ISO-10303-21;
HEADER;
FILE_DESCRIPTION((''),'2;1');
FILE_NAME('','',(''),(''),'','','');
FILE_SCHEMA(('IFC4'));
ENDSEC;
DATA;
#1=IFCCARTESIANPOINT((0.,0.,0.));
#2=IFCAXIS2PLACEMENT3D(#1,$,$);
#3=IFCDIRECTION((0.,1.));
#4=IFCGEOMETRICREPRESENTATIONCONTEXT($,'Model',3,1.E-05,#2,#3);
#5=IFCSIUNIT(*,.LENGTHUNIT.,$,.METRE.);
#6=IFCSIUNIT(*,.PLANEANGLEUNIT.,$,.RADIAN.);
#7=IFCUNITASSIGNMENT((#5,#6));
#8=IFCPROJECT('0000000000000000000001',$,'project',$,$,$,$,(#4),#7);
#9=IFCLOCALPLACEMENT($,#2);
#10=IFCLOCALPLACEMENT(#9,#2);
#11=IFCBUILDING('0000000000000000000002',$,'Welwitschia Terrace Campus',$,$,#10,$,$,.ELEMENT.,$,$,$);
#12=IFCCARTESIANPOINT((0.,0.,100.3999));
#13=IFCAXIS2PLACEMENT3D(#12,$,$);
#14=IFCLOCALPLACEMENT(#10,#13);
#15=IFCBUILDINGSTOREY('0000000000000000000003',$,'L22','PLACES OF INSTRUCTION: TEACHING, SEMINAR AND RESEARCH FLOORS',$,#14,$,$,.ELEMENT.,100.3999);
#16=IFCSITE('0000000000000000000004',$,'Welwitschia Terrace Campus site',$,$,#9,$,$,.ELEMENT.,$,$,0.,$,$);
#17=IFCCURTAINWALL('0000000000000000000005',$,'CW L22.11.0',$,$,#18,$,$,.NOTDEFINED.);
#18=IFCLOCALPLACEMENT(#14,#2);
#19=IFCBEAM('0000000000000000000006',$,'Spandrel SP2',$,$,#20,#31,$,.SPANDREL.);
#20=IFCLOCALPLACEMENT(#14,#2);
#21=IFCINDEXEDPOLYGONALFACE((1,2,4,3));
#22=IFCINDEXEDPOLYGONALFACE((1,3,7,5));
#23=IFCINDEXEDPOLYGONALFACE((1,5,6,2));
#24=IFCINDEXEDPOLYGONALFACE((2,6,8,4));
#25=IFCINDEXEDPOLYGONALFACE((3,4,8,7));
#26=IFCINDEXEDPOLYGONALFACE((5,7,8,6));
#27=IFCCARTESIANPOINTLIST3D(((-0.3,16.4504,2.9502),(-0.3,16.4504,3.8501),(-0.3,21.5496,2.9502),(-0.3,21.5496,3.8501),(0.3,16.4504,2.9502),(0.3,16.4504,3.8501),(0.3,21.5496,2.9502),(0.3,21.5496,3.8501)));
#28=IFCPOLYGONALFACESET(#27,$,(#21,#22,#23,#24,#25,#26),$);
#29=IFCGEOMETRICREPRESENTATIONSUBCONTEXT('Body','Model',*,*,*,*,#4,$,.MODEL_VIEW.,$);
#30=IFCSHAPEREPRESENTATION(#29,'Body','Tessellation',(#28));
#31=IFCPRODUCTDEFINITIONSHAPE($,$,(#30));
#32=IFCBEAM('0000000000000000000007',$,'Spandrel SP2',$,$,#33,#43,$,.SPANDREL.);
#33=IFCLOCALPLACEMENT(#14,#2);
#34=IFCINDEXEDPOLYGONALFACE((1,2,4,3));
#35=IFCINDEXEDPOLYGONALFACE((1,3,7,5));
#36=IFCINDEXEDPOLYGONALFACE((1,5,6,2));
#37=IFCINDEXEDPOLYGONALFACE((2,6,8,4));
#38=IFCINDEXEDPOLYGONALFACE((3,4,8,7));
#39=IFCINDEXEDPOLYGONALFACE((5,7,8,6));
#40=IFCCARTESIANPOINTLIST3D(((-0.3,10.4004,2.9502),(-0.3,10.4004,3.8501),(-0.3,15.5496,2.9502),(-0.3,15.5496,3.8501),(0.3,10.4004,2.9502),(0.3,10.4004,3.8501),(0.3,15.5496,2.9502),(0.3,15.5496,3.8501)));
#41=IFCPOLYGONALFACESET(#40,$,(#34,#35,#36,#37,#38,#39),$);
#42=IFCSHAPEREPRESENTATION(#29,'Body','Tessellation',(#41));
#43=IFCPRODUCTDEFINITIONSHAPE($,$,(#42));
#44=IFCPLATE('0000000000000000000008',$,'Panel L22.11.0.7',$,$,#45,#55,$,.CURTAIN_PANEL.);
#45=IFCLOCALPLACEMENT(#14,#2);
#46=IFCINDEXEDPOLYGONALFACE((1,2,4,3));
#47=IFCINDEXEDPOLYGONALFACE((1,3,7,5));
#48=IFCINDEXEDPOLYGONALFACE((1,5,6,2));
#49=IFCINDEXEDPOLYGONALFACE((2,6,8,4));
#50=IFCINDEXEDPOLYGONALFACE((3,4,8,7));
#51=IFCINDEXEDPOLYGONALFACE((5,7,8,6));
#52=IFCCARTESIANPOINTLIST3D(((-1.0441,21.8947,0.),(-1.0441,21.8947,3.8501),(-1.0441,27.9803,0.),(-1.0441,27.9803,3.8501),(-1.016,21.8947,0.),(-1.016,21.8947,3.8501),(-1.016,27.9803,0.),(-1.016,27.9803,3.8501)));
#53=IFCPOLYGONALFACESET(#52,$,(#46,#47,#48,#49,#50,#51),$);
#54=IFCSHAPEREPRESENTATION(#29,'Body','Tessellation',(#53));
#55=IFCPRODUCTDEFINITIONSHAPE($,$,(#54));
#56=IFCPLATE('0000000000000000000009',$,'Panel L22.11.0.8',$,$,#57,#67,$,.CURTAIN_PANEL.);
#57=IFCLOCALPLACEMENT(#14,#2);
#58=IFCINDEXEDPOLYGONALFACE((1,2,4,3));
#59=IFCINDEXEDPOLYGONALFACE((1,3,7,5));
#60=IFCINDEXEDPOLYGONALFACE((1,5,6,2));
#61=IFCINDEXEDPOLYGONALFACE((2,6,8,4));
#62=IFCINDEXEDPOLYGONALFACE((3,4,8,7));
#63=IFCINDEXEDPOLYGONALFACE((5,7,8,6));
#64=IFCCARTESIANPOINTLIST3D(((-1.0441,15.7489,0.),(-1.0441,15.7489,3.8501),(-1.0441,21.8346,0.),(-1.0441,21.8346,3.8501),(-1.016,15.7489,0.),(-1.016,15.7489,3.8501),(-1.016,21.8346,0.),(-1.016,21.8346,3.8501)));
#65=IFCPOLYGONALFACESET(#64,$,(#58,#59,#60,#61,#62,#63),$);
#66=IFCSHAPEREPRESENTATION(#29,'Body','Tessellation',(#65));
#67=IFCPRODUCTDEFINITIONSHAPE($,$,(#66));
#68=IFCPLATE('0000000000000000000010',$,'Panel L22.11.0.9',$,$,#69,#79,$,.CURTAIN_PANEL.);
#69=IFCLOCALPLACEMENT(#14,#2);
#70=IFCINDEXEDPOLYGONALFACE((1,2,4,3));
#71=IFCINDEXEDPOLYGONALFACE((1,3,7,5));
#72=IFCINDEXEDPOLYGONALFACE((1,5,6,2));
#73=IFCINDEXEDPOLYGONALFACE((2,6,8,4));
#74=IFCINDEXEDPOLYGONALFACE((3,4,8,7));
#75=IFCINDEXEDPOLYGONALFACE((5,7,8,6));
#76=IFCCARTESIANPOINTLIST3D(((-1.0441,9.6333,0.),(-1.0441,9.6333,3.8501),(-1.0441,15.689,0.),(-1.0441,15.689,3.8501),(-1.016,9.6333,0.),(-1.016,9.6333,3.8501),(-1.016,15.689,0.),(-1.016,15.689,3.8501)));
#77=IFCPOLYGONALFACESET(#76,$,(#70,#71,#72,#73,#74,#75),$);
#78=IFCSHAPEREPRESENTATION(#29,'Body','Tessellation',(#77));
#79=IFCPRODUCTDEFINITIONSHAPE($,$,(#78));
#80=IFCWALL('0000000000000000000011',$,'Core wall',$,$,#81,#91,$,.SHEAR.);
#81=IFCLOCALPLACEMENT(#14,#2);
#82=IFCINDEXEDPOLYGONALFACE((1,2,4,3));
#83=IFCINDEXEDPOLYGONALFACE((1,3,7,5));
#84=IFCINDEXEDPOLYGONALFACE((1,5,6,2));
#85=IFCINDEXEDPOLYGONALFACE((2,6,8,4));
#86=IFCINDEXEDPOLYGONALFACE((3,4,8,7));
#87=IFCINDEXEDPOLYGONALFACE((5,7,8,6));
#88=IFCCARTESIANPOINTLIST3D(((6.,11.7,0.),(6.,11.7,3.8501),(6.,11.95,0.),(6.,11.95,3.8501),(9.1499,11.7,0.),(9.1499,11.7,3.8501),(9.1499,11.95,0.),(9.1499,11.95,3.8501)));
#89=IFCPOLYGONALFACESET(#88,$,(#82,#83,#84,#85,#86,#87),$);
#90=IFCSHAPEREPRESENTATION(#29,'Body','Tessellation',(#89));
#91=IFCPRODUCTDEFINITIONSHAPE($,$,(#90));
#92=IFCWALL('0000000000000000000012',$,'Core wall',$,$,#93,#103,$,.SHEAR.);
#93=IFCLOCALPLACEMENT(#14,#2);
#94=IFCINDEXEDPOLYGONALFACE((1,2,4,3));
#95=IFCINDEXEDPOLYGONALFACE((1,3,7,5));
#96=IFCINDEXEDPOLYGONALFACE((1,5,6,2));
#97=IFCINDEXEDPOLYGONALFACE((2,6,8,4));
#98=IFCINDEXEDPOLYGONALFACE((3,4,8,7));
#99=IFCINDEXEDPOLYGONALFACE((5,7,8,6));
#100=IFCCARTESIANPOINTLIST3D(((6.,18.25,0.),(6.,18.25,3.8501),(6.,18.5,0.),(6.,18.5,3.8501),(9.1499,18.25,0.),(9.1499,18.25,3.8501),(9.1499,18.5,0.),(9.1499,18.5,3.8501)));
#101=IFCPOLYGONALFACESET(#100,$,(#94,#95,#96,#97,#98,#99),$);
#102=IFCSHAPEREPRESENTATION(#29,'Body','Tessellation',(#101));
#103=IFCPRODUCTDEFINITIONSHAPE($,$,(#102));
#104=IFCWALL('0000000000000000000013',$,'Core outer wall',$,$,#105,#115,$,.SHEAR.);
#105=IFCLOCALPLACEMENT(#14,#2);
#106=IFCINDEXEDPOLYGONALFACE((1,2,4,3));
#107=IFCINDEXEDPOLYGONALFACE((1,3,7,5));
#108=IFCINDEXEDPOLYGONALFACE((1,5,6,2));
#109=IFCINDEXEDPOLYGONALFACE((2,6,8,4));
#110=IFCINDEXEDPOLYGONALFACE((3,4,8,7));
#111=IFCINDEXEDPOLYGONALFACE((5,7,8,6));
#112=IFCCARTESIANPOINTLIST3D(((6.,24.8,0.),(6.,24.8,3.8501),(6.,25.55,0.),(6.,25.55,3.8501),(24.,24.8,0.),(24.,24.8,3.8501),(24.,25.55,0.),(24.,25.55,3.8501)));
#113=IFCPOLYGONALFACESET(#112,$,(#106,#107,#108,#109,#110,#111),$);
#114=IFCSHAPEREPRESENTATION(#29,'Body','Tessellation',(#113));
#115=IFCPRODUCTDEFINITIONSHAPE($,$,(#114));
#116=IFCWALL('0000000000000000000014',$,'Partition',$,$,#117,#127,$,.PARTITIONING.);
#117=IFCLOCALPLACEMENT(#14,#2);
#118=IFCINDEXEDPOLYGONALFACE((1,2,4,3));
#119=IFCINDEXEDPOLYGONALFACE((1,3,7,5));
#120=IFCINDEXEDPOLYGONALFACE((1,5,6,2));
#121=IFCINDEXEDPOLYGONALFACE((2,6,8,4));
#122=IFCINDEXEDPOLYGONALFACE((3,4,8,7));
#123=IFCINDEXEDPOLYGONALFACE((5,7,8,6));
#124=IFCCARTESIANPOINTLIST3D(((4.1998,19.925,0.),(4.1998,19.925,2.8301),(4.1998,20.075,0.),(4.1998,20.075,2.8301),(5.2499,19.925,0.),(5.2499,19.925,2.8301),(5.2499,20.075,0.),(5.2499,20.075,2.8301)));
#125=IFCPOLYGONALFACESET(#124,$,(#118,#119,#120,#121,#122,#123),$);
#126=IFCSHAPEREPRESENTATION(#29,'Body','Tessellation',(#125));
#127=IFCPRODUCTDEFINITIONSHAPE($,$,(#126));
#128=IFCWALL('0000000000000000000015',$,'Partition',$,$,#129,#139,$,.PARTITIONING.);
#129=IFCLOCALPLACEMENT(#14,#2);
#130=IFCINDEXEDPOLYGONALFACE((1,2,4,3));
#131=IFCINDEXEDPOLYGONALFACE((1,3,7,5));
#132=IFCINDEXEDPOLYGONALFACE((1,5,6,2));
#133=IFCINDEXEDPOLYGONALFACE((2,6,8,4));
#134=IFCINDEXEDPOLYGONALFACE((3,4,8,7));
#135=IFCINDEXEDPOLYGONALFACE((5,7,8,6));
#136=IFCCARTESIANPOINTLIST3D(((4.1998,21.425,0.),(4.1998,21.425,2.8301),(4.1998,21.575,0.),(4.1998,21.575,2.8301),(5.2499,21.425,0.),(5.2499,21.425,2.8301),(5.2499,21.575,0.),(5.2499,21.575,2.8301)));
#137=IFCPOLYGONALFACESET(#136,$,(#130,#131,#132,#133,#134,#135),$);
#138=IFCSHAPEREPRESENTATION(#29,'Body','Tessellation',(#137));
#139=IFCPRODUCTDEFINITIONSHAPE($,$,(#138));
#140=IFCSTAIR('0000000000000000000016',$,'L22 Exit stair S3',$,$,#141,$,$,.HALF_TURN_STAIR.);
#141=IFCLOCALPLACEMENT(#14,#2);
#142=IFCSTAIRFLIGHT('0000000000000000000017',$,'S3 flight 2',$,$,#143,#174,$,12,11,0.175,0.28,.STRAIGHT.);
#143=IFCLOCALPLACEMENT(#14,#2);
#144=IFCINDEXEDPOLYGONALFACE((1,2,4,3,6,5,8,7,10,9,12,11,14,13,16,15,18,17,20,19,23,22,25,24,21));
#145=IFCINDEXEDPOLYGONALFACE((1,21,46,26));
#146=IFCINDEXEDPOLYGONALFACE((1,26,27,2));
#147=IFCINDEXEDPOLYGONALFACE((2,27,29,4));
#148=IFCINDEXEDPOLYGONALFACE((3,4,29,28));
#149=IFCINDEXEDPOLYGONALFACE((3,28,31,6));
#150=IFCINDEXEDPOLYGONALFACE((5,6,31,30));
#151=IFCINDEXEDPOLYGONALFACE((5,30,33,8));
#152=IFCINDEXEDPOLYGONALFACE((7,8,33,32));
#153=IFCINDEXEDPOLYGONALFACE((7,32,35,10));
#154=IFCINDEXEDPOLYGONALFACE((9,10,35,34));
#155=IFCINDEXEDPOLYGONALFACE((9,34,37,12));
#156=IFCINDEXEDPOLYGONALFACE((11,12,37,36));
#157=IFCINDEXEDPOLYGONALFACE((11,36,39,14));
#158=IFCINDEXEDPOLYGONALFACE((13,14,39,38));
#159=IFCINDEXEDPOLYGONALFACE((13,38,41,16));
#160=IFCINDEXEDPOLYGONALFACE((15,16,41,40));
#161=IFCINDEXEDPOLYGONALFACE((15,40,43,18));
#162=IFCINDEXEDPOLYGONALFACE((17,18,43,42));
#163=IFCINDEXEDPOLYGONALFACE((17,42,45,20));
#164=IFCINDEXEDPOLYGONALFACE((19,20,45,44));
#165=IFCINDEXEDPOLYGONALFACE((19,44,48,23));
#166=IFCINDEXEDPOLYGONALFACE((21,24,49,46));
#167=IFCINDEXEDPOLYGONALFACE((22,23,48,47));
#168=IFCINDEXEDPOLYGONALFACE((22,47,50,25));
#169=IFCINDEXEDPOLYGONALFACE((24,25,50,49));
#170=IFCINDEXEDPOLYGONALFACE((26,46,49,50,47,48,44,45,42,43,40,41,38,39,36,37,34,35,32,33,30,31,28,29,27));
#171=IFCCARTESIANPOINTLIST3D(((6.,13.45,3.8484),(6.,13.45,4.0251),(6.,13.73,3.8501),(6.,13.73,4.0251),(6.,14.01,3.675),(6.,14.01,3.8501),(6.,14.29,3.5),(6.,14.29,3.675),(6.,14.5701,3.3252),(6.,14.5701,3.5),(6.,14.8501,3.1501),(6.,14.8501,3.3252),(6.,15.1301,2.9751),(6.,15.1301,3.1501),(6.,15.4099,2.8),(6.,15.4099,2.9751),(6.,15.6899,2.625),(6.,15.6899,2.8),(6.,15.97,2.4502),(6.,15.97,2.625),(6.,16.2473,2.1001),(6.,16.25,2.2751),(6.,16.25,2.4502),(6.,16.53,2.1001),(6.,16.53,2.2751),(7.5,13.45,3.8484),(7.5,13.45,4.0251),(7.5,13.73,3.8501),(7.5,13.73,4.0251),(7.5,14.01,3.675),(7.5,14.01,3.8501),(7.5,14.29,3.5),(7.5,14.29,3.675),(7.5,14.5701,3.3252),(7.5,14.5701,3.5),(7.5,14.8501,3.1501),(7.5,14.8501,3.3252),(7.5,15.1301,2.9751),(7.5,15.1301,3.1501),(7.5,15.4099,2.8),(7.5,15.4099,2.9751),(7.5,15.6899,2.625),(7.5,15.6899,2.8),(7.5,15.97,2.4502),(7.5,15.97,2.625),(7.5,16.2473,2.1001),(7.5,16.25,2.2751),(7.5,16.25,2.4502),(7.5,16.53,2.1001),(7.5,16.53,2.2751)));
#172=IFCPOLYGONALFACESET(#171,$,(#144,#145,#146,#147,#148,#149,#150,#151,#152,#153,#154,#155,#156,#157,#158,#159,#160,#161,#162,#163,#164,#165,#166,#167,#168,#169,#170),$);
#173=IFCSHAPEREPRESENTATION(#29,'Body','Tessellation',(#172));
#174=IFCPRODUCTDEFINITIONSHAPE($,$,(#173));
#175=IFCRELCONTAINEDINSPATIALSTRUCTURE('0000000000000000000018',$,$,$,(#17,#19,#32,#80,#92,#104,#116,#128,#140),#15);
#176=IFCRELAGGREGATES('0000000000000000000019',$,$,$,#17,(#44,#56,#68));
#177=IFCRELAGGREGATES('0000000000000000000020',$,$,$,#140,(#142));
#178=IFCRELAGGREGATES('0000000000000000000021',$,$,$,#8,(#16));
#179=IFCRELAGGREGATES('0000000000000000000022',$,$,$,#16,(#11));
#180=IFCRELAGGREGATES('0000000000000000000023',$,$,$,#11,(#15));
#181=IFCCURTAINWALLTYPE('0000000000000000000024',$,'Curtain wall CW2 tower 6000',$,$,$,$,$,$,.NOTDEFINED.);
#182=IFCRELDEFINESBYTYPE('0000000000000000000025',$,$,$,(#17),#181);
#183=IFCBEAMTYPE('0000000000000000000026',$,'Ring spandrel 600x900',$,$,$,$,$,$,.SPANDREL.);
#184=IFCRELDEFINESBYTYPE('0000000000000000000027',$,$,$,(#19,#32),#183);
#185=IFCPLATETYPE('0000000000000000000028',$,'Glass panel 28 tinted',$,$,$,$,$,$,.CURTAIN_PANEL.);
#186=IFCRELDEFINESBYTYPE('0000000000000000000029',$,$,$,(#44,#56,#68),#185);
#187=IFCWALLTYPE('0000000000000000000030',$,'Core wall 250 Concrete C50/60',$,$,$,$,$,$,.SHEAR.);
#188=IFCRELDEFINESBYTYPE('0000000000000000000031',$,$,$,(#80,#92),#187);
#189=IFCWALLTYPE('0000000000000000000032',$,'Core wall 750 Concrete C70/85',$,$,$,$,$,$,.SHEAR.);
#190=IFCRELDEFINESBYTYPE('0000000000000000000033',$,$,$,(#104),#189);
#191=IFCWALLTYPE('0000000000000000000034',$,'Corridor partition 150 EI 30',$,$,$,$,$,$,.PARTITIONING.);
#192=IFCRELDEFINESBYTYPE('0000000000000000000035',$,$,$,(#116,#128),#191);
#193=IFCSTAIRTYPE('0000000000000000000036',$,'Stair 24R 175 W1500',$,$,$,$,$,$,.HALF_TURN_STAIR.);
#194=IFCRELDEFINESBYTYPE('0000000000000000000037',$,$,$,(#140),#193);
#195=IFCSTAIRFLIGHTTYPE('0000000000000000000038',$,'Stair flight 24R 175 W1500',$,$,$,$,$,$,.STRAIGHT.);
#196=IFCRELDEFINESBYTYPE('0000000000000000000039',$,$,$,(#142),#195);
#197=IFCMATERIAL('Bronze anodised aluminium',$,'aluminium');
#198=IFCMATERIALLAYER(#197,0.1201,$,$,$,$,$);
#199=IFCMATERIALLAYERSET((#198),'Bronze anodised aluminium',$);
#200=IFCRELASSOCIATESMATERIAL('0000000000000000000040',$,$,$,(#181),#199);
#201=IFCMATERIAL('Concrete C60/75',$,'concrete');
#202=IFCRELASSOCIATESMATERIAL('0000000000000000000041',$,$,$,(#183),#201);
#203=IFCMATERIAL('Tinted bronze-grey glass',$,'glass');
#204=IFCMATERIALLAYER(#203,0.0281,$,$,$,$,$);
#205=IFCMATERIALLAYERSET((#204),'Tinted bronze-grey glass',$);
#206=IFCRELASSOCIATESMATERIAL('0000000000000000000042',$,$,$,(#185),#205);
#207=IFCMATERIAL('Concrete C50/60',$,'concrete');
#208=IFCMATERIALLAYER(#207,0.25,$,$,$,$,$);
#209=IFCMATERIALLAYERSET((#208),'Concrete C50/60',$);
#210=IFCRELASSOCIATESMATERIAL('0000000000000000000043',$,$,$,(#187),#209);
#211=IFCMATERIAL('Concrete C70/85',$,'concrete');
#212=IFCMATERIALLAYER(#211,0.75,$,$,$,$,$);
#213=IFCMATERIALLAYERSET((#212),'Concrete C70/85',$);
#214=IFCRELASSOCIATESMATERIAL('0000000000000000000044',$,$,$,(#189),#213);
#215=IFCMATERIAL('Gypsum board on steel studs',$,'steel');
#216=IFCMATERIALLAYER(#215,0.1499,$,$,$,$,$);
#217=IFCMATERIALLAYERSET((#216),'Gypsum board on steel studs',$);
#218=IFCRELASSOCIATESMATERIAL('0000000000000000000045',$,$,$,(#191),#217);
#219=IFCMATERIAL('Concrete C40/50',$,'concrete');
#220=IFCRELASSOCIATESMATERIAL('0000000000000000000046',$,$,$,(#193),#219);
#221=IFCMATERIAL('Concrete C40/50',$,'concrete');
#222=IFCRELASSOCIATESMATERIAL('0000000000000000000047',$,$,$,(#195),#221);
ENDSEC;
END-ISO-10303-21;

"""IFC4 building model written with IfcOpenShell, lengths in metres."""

from ifc_helpers import new_model, si_unit, direction, frame, frame_2d, origin, origin_2d, place, context, subcontext, project, spatial, polyline, rectangle, outline, extrude, material, layer, layer_set, material_profile, profile_set, type_object, element, aggregate, save


model = new_model("IFC4")

# Units and contexts
model_context = context("Model", 3, precision=1e-05, world=origin(), true_north=direction((0.0, 1.0)))
body_context = subcontext(model_context, "Body", "Model", "MODEL_VIEW")
ifc_project = project(units=[si_unit("LENGTHUNIT", "METRE"), si_unit("PLANEANGLEUNIT", "RADIAN")], contexts=[model_context])

# Site, building, storey
site_placement = place(None, origin())
site = spatial("IfcSite", under=ifc_project, at=site_placement, Name="Welwitschia Terrace Campus site", CompositionType="ELEMENT", RefElevation=0.0)
building_placement = place(site_placement, origin())
building = spatial("IfcBuilding", under=site, at=building_placement, Name="Welwitschia Terrace Campus", CompositionType="ELEMENT")
storey_placement = place(building_placement, frame((0.0, 0.0, 100.3999)))
storey = spatial("IfcBuildingStorey", under=building, at=storey_placement, Name="L22", Description="PLACES OF INSTRUCTION: TEACHING, SEMINAR AND RESEARCH FLOORS", CompositionType="ELEMENT", Elevation=100.3999)

# Curtain wall
ifc_material_1 = material(Name="Bronze anodised aluminium", Category="aluminium")
ifc_layer_1 = layer(ifc_material_1, 0.1201)
ifc_layer_set_1 = layer_set([ifc_layer_1], Name="Bronze anodised aluminium")
curtain_wall_type = type_object("IfcCurtainWallType", Name="Curtain wall CW2 tower 6000", PredefinedType="NOTDEFINED", material=ifc_layer_set_1)
curtain_wall_placement = place(storey_placement, origin())
curtain_wall = element("IfcCurtainWall", 1, at=curtain_wall_placement, inside=storey, type_object=curtain_wall_type, Name="CW L22.11.0", PredefinedType="NOTDEFINED")

# Beams
ifc_material_2 = material(Name="Concrete C60/75", Category="concrete")
ifc_material_profile_1 = material_profile(ifc_material_2, rectangle(XDim=0.6001, YDim=0.8999, at=origin_2d()))
ifc_profile_set_1 = profile_set([ifc_material_profile_1], Name="Concrete C60/75")
beam_type_1 = type_object("IfcBeamType", Name="Ring spandrel 600x900", PredefinedType="SPANDREL", material=ifc_profile_set_1)
beam_1_placement = place(storey_placement, frame((0.0, 21.5496, 3.4001), z_axis=(0.0, -1.0, 0.0), x_axis=(1.0, 0.0, 0.0)))
element("IfcBeam", 2, at=beam_1_placement, inside=storey, type_object=beam_type_1, Name="Spandrel SP2", PredefinedType="SPANDREL", context=body_context, shape_type="SweptSolid", body=[
    extrude(rectangle(XDim=0.6001, YDim=0.8999, at=origin_2d()), origin(), (0.0, 0.0, 1.0), 5.0991),
])
beam_2_placement = place(storey_placement, frame((0.0, 15.5496, 3.4001), z_axis=(0.0, -1.0, 0.0), x_axis=(1.0, 0.0, 0.0)))
element("IfcBeam", 3, at=beam_2_placement, inside=storey, type_object=beam_type_1, Name="Spandrel SP2", PredefinedType="SPANDREL", context=body_context, shape_type="SweptSolid", body=[
    extrude(rectangle(XDim=0.6001, YDim=0.8999, at=origin_2d()), origin(), (0.0, 0.0, 1.0), 5.1492),
])

# Plates
ifc_material_3 = material(Name="Tinted bronze-grey glass", Category="glass")
ifc_layer_2 = layer(ifc_material_3, 0.0281)
ifc_layer_set_2 = layer_set([ifc_layer_2], Name="Tinted bronze-grey glass")
plate_type = type_object("IfcPlateType", Name="Glass panel 28 tinted", PredefinedType="CURTAIN_PANEL", material=ifc_layer_set_2)
plate_1_placement = place(storey_placement, frame((-1.03, 24.9375, 0.0), z_axis=(0.0, 0.0, 1.0), x_axis=(0.0, -1.0, 0.0)))
plate_1 = element("IfcPlate", 4, at=plate_1_placement, type_object=plate_type, Name="Panel L22.11.0.7", PredefinedType="CURTAIN_PANEL", context=body_context, shape_type="SweptSolid", body=[
    extrude(rectangle(XDim=6.0857, YDim=0.0281, at=origin_2d()), origin(), (0.0, 0.0, 1.0), 3.8501),
])
plate_2_placement = place(storey_placement, frame((-1.03, 18.7917, 0.0), z_axis=(0.0, 0.0, 1.0), x_axis=(0.0, -1.0, 0.0)))
plate_2 = element("IfcPlate", 5, at=plate_2_placement, type_object=plate_type, Name="Panel L22.11.0.8", PredefinedType="CURTAIN_PANEL", context=body_context, shape_type="SweptSolid", body=[
    extrude(rectangle(XDim=6.0857, YDim=0.0281, at=origin_2d()), origin(), (0.0, 0.0, 1.0), 3.8501),
])
plate_3_placement = place(storey_placement, frame((-1.03, 12.6611, 0.0), z_axis=(0.0, 0.0, 1.0), x_axis=(0.0, -1.0, 0.0)))
plate_3 = element("IfcPlate", 6, at=plate_3_placement, type_object=plate_type, Name="Panel L22.11.0.9", PredefinedType="CURTAIN_PANEL", context=body_context, shape_type="SweptSolid", body=[
    extrude(rectangle(XDim=6.0557, YDim=0.0281, at=origin_2d()), origin(), (0.0, 0.0, 1.0), 3.8501),
])
aggregate(curtain_wall, [plate_1, plate_2, plate_3])

# Walls
ifc_material_4 = material(Name="Concrete C50/60", Category="concrete")
ifc_layer_3 = layer(ifc_material_4, 0.25)
ifc_layer_set_3 = layer_set([ifc_layer_3], Name="Concrete C50/60")
wall_type_1 = type_object("IfcWallType", Name="Core wall 250 Concrete C50/60", PredefinedType="SHEAR", material=ifc_layer_set_3)
for number, where, z_axis, x_axis, name in (
    (7, (6.0, 11.825, 0.0), (0.0, 0.0, 1.0), (1.0, 0.0, 0.0), "Core wall"),
    (8, (6.0, 18.375, 0.0), (0.0, 0.0, 1.0), (1.0, 0.0, 0.0), "Core wall"),
):
    element("IfcWall", number, at=place(storey_placement, frame(where, z_axis=z_axis, x_axis=x_axis)), inside=storey, type_object=wall_type_1, Name=name, PredefinedType="SHEAR", context=body_context, shape_type="SweptSolid", body=[
        extrude(rectangle(XDim=3.1499, YDim=0.25, at=frame_2d((1.575, 0.0))), origin(), (0.0, 0.0, 1.0), 3.8501),
    ])
ifc_material_5 = material(Name="Concrete C70/85", Category="concrete")
ifc_layer_4 = layer(ifc_material_5, 0.75)
ifc_layer_set_4 = layer_set([ifc_layer_4], Name="Concrete C70/85")
wall_type_2 = type_object("IfcWallType", Name="Core wall 750 Concrete C70/85", PredefinedType="SHEAR", material=ifc_layer_set_4)
wall_placement = place(storey_placement, frame((6.0, 25.175, 0.0), z_axis=(0.0, 0.0, 1.0), x_axis=(1.0, 0.0, 0.0)))
element("IfcWall", 9, at=wall_placement, inside=storey, type_object=wall_type_2, Name="Core outer wall", PredefinedType="SHEAR", context=body_context, shape_type="SweptSolid", body=[
    extrude(rectangle(XDim=18.0, YDim=0.75, at=frame_2d((9.0, 0.0))), origin(), (0.0, 0.0, 1.0), 3.8501),
])
ifc_material_6 = material(Name="Gypsum board on steel studs", Category="steel")
ifc_layer_5 = layer(ifc_material_6, 0.1499)
ifc_layer_set_5 = layer_set([ifc_layer_5], Name="Gypsum board on steel studs")
wall_type_3 = type_object("IfcWallType", Name="Corridor partition 150 EI 30", PredefinedType="PARTITIONING", material=ifc_layer_set_5)
for number, where, z_axis, x_axis, name in (
    (10, (4.2, 20.0, 0.0), (0.0, 0.0, 1.0), (1.0, 0.0, 0.0), "Partition"),
    (11, (4.2, 21.5, 0.0), (0.0, 0.0, 1.0), (1.0, 0.0, 0.0), "Partition"),
):
    element("IfcWall", number, at=place(storey_placement, frame(where, z_axis=z_axis, x_axis=x_axis)), inside=storey, type_object=wall_type_3, Name=name, PredefinedType="PARTITIONING", context=body_context, shape_type="SweptSolid", body=[
        extrude(rectangle(XDim=1.05, YDim=0.1499, at=frame_2d((0.5249, 0.0))), origin(), (0.0, 0.0, 1.0), 2.8301),
    ])

# Stair, stair flight
ifc_material_7 = material(Name="Concrete C40/50", Category="concrete")
stair_type = type_object("IfcStairType", Name="Stair 24R 175 W1500", PredefinedType="HALF_TURN_STAIR", material=ifc_material_7)
stair_1_placement = place(storey_placement, origin())
stair_1 = element("IfcStair", 12, at=stair_1_placement, inside=storey, type_object=stair_type, Name="L22 Exit stair S3", PredefinedType="HALF_TURN_STAIR")
ifc_material_8 = material(Name="Concrete C40/50", Category="concrete")
stair_flight_type = type_object("IfcStairFlightType", Name="Stair flight 24R 175 W1500", PredefinedType="STRAIGHT", material=ifc_material_8)
stair_flight_1_placement = place(storey_placement, frame((6.75, 16.53, 2.1001), z_axis=(0.0, 0.0, 1.0), x_axis=(0.0, -1.0, 0.0)))
stair_flight_1 = element("IfcStairFlight", 13, at=stair_flight_1_placement, type_object=stair_flight_type, Name="S3 flight 2", NumberOfRisers=12, NumberOfTreads=11, PredefinedType="STRAIGHT", RiserHeight=0.175, TreadLength=0.28, context=body_context, shape_type="SweptSolid", body=[
    extrude(outline(polyline([(0.0, 0.0), (0.0, 0.175), (0.28, 0.175), (0.28, 0.3501), (0.5601, 0.3501), (0.5601, 0.5249), (0.8401, 0.5249), (0.8401, 0.7), (1.1201, 0.7), (1.1201, 0.875), (1.3999, 0.875), (1.3999, 1.05), (1.6799, 1.05), (1.6799, 1.2251), (1.96, 1.2251), (1.96, 1.3999), (2.24, 1.3999), (2.24, 1.575), (2.52, 1.575), (2.52, 1.75), (2.8, 1.75), (2.8, 1.925), (3.0801, 1.925), (3.0801, 2.1001), (3.0801, 1.7483), (0.2827, 0.0), (0.0, 0.0)])), frame((0.0, 0.75, 0.0), z_axis=(0.0, -1.0, 0.0), x_axis=(1.0, 0.0, 0.0)), (0.0, 0.0, 1.0), 1.5),
])
aggregate(stair_1, [stair_flight_1])

save(model, "model.ifc")
